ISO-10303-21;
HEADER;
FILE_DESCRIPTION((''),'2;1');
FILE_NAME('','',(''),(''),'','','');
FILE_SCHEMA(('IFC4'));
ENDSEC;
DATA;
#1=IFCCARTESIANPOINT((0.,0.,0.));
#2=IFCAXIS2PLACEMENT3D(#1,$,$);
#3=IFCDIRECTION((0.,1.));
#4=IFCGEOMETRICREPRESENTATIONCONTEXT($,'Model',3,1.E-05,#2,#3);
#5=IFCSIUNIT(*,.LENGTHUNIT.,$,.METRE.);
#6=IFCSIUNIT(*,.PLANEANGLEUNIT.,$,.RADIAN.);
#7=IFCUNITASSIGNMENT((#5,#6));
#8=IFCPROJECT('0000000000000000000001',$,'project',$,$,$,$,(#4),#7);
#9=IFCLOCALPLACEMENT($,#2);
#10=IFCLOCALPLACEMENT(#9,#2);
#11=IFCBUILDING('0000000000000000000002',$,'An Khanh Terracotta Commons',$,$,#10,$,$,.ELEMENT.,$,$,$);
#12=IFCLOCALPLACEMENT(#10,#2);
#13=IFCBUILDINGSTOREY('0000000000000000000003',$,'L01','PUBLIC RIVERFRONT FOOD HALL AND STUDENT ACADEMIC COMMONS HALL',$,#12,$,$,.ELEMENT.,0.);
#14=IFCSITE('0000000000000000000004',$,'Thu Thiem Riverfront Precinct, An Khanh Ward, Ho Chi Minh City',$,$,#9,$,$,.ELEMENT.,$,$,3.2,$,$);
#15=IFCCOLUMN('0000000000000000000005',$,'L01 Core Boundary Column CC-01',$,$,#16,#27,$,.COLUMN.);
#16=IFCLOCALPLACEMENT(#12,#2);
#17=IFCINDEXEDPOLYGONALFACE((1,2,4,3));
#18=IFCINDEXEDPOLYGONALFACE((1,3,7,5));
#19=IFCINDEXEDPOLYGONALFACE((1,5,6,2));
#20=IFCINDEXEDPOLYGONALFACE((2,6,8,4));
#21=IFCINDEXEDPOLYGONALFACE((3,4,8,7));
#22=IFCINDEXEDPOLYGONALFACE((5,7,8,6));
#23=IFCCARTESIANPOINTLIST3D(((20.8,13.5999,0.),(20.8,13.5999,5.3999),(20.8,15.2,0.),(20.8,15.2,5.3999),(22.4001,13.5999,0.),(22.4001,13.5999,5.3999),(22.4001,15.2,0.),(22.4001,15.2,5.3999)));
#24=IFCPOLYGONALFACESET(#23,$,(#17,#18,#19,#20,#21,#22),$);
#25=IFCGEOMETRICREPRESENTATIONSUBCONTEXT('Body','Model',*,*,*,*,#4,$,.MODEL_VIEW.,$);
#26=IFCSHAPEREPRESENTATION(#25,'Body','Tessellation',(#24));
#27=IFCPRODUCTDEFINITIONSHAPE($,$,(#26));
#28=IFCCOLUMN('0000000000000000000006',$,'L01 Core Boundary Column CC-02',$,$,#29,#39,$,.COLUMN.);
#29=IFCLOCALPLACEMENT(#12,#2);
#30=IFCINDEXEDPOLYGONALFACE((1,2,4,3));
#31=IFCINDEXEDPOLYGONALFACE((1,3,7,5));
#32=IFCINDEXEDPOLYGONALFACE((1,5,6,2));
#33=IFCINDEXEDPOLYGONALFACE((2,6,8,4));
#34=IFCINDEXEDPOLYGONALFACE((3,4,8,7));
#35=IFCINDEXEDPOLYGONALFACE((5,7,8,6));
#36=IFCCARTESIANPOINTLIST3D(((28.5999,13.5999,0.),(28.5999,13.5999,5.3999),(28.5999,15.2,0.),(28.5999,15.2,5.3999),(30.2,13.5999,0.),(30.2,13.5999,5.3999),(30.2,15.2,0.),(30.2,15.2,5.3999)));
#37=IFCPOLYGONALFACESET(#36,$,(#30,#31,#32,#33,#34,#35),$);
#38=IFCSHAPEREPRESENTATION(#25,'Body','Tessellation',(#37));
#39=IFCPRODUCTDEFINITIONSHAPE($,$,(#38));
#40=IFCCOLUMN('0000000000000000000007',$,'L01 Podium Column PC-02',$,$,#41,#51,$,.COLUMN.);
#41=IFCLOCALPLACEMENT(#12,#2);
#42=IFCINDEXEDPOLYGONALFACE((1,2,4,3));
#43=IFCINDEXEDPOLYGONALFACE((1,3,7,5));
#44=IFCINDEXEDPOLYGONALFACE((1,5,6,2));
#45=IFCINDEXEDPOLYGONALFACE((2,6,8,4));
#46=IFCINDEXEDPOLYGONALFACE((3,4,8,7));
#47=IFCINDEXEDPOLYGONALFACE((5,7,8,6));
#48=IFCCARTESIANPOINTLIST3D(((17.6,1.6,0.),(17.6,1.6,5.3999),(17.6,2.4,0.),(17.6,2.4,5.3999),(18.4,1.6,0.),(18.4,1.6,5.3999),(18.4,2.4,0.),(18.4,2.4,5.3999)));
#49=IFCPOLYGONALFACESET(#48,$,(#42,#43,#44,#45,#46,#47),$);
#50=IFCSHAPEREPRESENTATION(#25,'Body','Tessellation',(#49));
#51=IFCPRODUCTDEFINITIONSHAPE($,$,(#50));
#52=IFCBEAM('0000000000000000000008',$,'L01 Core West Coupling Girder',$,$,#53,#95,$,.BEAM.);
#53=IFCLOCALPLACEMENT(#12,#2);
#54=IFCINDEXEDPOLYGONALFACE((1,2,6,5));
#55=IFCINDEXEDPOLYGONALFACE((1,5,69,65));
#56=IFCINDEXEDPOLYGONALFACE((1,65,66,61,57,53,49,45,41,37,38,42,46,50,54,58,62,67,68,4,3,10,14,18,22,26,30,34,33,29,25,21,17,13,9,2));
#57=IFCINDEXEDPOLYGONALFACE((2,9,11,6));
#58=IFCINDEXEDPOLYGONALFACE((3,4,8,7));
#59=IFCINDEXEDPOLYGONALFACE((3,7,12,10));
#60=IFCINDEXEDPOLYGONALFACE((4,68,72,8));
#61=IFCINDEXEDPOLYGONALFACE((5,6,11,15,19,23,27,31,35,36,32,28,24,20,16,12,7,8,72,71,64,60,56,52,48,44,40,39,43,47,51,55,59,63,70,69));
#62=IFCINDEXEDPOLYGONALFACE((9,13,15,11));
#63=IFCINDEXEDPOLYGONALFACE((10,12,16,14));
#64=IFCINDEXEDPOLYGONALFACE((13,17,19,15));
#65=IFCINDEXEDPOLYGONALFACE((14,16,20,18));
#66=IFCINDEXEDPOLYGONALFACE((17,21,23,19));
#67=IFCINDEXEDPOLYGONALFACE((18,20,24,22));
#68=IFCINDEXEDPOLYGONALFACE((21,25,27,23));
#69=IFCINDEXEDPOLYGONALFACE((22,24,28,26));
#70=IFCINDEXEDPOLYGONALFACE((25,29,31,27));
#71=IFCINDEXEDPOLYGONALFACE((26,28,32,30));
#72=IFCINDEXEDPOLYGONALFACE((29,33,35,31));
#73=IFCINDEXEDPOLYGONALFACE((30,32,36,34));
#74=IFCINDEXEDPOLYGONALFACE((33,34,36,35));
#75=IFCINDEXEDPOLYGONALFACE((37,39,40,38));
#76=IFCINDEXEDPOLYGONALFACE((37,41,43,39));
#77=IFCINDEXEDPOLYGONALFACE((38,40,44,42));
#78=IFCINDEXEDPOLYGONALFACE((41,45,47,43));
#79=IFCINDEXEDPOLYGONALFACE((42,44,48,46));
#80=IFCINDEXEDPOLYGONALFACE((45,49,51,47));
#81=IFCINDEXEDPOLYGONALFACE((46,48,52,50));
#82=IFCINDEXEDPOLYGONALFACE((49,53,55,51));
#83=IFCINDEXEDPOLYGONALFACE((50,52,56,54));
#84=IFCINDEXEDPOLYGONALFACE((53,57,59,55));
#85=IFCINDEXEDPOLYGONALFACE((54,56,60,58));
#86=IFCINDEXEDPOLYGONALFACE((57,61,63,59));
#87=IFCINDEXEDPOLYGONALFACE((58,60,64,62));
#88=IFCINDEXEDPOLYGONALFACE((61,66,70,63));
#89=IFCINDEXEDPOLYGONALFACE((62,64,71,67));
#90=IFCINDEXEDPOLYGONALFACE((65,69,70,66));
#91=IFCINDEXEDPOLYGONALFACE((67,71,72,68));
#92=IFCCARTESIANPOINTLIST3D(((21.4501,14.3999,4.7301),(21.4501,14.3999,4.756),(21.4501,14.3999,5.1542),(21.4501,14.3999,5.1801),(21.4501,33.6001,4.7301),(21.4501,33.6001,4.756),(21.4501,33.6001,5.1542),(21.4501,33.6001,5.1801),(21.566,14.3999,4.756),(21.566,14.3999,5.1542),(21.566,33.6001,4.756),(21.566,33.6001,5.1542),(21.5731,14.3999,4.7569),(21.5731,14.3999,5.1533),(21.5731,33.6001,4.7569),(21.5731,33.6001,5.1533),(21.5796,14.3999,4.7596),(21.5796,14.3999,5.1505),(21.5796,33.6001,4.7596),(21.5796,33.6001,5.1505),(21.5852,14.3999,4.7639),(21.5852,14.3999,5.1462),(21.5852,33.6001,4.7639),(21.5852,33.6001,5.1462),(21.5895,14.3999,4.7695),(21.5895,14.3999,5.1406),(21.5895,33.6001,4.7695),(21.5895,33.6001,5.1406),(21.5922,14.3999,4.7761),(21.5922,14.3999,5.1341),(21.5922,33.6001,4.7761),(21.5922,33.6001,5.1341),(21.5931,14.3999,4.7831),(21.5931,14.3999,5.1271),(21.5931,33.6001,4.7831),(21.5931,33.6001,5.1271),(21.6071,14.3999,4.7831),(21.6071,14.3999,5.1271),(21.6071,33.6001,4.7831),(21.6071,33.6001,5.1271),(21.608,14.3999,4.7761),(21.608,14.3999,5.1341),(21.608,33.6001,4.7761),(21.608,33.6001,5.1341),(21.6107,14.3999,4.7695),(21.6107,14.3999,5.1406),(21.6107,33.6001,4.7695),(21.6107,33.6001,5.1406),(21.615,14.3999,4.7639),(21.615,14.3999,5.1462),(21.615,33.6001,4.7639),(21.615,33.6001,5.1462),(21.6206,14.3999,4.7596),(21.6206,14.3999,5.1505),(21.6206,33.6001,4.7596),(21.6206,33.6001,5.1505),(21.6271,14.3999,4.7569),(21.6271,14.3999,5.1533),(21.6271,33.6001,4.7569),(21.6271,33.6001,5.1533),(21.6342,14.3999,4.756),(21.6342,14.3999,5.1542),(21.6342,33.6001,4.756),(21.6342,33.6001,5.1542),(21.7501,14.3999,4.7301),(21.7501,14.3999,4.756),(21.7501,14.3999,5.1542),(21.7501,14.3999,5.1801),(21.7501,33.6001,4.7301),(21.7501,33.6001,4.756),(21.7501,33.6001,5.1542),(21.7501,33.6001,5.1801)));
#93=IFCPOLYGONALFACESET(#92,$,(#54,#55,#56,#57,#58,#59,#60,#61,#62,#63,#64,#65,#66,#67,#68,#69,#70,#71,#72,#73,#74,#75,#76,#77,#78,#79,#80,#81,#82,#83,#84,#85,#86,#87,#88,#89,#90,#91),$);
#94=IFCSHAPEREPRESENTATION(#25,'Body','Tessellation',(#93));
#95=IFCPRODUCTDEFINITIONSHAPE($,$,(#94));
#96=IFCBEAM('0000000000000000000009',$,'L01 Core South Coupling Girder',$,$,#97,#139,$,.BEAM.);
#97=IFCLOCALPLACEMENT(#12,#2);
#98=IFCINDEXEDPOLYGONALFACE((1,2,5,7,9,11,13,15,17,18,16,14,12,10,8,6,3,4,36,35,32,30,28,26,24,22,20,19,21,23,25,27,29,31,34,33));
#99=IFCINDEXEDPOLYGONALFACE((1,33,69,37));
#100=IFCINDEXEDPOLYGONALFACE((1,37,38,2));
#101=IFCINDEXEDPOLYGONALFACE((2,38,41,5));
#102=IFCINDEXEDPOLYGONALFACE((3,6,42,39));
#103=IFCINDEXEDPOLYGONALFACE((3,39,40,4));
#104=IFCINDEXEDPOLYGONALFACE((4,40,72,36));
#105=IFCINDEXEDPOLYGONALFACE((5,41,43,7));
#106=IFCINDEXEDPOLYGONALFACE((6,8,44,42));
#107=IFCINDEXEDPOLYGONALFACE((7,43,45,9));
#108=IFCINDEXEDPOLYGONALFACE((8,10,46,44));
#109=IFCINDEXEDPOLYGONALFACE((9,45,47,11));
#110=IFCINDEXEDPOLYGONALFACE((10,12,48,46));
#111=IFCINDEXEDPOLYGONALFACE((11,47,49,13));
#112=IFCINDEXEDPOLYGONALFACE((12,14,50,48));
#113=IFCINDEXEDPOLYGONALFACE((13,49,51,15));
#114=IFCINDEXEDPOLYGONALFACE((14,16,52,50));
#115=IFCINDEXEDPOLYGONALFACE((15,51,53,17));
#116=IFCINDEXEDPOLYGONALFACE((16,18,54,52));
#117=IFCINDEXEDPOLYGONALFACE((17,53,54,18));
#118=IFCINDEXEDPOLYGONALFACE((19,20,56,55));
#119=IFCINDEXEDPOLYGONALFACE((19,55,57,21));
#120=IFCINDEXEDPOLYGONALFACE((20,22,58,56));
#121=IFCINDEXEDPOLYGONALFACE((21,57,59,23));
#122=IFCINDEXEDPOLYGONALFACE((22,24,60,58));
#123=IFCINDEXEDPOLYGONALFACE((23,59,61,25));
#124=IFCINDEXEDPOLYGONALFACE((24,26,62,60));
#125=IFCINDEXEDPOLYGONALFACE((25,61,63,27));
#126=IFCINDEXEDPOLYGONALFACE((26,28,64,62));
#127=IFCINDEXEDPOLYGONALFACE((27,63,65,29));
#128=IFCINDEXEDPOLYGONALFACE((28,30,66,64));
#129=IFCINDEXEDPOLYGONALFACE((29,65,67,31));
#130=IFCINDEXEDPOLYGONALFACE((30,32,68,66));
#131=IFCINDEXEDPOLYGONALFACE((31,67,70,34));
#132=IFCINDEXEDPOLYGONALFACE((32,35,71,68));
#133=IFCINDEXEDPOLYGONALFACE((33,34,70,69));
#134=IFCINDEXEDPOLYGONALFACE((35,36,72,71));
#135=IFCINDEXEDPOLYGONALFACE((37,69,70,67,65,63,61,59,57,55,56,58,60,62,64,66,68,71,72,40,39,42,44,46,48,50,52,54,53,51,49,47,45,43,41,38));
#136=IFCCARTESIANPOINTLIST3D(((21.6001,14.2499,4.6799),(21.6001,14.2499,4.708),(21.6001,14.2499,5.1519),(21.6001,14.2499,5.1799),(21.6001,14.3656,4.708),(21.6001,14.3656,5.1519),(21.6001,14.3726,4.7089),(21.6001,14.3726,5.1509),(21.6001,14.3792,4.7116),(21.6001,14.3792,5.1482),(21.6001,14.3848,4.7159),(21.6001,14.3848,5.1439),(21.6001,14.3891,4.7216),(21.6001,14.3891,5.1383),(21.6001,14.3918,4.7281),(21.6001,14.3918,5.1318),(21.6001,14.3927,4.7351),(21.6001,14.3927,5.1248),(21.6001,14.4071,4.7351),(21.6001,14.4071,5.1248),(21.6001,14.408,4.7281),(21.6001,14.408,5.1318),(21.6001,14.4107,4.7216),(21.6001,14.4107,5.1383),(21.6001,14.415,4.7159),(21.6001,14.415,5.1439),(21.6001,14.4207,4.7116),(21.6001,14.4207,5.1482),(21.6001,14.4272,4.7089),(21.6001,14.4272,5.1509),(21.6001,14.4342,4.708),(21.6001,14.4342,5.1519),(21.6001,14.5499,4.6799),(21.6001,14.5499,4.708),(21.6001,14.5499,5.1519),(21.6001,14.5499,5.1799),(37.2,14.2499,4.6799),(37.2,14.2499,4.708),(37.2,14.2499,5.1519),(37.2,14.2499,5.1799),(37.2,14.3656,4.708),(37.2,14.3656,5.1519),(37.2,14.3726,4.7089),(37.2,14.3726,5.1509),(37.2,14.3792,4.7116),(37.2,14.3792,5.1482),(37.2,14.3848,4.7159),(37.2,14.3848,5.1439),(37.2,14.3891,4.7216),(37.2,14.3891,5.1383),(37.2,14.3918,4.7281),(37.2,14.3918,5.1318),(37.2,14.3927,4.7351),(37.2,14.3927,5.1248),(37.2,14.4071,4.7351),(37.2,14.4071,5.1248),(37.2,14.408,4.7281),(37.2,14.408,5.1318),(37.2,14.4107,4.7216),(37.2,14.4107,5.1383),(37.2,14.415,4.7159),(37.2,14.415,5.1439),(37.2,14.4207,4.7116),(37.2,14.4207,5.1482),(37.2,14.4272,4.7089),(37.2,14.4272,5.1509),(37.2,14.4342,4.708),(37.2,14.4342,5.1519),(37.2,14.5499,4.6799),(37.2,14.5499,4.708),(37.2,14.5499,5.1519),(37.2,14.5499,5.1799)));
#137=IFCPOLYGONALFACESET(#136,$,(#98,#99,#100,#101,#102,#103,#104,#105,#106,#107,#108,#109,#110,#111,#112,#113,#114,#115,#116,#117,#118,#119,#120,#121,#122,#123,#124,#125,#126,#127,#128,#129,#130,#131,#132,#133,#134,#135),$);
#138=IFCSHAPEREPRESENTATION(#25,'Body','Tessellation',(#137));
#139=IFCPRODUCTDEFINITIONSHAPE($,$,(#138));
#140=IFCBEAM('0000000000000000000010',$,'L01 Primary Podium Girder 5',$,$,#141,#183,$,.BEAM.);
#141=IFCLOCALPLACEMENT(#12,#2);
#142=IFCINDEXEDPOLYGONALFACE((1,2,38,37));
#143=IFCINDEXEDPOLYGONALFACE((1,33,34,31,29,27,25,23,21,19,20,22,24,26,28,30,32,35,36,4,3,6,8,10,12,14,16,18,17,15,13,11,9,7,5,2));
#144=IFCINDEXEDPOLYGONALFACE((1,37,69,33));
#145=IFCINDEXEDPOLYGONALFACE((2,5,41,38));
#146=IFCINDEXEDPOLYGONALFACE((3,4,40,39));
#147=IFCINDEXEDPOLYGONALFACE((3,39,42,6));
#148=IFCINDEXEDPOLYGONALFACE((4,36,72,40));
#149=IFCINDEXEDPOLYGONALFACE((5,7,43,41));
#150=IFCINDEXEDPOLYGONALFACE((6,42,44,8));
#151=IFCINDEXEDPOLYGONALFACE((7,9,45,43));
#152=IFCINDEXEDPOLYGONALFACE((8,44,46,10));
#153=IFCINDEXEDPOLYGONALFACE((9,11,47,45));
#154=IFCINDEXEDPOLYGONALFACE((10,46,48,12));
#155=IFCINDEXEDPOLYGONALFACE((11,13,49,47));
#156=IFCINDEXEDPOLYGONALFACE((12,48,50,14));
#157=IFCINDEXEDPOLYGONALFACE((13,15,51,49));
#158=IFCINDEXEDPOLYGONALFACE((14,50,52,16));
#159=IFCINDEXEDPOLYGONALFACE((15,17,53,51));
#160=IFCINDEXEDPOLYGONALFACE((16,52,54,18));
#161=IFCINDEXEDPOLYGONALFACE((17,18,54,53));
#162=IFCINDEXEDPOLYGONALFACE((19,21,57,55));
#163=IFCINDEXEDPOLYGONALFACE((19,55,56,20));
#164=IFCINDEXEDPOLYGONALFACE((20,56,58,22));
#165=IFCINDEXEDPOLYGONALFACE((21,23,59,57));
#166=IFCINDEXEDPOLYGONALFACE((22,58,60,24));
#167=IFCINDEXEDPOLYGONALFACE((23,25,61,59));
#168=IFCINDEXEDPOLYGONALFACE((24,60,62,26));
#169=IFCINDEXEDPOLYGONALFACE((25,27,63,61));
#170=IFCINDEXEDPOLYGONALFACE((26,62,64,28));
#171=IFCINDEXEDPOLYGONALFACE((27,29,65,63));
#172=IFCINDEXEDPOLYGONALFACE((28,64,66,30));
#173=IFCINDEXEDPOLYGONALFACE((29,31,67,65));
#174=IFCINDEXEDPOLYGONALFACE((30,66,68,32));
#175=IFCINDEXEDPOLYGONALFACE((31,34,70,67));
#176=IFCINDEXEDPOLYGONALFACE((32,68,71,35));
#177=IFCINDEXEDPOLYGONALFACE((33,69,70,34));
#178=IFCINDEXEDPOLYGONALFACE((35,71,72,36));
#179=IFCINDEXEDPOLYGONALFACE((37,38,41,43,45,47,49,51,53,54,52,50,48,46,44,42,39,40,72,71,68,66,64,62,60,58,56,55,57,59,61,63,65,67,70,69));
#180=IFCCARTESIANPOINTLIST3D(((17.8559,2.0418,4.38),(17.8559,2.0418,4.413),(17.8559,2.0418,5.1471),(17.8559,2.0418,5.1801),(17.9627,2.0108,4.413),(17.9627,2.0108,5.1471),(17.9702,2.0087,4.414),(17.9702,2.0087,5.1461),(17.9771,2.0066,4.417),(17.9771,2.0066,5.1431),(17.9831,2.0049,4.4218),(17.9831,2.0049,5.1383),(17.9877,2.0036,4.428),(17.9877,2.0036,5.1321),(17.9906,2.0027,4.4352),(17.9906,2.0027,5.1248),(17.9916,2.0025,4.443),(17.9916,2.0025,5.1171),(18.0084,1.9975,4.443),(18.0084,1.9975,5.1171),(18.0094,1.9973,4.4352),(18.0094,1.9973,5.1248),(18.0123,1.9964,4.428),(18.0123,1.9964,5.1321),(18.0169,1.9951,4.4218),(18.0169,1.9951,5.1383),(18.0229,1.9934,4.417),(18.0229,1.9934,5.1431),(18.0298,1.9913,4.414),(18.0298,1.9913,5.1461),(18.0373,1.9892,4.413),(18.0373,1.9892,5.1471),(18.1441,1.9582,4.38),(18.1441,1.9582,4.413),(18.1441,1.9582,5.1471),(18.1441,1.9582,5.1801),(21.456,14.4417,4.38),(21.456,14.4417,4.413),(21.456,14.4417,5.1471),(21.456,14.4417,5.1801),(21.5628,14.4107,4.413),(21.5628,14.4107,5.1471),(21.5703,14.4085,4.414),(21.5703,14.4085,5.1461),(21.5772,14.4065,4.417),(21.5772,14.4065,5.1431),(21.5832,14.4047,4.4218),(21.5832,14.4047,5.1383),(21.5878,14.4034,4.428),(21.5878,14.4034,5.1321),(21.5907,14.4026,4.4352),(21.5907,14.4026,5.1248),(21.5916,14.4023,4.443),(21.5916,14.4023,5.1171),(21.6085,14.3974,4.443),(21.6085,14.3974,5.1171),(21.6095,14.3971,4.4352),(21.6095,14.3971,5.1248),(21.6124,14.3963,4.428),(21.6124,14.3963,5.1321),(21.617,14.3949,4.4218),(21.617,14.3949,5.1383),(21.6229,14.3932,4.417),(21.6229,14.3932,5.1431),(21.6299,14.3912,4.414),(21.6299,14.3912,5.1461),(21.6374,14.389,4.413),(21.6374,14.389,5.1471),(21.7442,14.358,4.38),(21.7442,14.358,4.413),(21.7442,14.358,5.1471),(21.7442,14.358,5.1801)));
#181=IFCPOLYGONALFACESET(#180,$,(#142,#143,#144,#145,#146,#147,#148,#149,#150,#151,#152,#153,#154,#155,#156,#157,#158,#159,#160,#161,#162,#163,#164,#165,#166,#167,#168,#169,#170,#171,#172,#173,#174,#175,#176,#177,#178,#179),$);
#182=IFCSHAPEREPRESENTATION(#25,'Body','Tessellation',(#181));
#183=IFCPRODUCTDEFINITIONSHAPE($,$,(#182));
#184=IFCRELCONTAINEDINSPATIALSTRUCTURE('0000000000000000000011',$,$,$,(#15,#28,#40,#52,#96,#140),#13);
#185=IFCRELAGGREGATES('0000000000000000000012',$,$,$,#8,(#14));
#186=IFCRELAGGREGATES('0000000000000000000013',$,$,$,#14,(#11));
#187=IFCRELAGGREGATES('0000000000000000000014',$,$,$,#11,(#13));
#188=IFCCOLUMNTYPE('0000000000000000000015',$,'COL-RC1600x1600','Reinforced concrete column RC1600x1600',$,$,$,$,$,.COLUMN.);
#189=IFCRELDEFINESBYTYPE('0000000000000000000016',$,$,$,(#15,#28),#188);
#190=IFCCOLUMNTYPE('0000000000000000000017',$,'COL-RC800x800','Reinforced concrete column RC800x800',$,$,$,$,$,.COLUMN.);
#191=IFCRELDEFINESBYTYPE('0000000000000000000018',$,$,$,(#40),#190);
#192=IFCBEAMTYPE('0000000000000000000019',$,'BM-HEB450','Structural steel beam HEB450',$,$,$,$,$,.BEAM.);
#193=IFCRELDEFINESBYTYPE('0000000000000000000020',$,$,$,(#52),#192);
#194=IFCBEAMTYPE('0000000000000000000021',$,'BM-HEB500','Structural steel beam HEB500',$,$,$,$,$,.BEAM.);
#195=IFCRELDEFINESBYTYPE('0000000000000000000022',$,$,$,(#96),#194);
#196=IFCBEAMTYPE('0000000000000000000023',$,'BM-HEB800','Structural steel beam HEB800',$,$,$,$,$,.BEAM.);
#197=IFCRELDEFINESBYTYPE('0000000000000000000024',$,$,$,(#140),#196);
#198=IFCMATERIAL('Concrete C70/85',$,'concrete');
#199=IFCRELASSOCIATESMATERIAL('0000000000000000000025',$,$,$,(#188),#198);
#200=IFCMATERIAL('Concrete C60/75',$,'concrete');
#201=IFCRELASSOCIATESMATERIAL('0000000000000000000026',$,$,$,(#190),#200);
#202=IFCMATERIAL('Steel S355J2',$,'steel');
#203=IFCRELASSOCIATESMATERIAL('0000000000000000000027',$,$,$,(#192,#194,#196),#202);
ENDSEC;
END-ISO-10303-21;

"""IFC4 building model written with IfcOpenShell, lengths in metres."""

from ifc_helpers import new_model, si_unit, direction, frame, origin, origin_2d, place, context, subcontext, project, spatial, rectangle, i_section, extrude, material, material_profile, profile_set, type_object, element, save


model = new_model("IFC4")

# Units and contexts
model_context = context("Model", 3, precision=1e-05, world=origin(), true_north=direction((0.0, 1.0)))
body_context = subcontext(model_context, "Body", "Model", "MODEL_VIEW")
ifc_project = project(units=[si_unit("LENGTHUNIT", "METRE"), si_unit("PLANEANGLEUNIT", "RADIAN")], contexts=[model_context])

# Site, building, storey
site_placement = place(None, origin())
site = spatial("IfcSite", under=ifc_project, at=site_placement, Name="Thu Thiem Riverfront Precinct, An Khanh Ward, Ho Chi Minh City", CompositionType="ELEMENT", RefElevation=3.2)
building_placement = place(site_placement, origin())
building = spatial("IfcBuilding", under=site, at=building_placement, Name="An Khanh Terracotta Commons", CompositionType="ELEMENT")
storey_placement = place(building_placement, origin())
storey = spatial("IfcBuildingStorey", under=building, at=storey_placement, Name="L01", Description="PUBLIC RIVERFRONT FOOD HALL AND STUDENT ACADEMIC COMMONS HALL", CompositionType="ELEMENT", Elevation=0.0)

# Columns
ifc_material_1 = material(Name="Concrete C70/85", Category="concrete")
ifc_material_profile_1 = material_profile(ifc_material_1, rectangle(XDim=1.6001, YDim=1.6001, at=origin_2d()), Name="RC1600x1600")
ifc_profile_set_1 = profile_set([ifc_material_profile_1], Name="Concrete C70/85")
column_type_1 = type_object("IfcColumnType", Name="COL-RC1600x1600", Description="Reinforced concrete column RC1600x1600", PredefinedType="COLUMN", material=ifc_profile_set_1)
for number, where, z_axis, x_axis, name in (
    (1, (21.6001, 14.3999, 0.0), (0.0, 0.0, 1.0), (1.0, 0.0, 0.0), "L01 Core Boundary Column CC-01"),
    (2, (29.3999, 14.3999, 0.0), (0.0, 0.0, 1.0), (1.0, 0.0, 0.0), "L01 Core Boundary Column CC-02"),
):
    element("IfcColumn", number, at=place(storey_placement, frame(where, z_axis=z_axis, x_axis=x_axis)), inside=storey, type_object=column_type_1, Name=name, PredefinedType="COLUMN", context=body_context, shape_type="SweptSolid", body=[
        extrude(rectangle(XDim=1.6001, YDim=1.6001, at=origin_2d()), origin(), (0.0, 0.0, 1.0), 5.3999),
    ])
ifc_material_2 = material(Name="Concrete C60/75", Category="concrete")
ifc_material_profile_2 = material_profile(ifc_material_2, rectangle(XDim=0.8, YDim=0.8, at=origin_2d()), Name="RC800x800")
ifc_profile_set_2 = profile_set([ifc_material_profile_2], Name="Concrete C60/75")
column_type_2 = type_object("IfcColumnType", Name="COL-RC800x800", Description="Reinforced concrete column RC800x800", PredefinedType="COLUMN", material=ifc_profile_set_2)
column_placement = place(storey_placement, frame((18.0, 2.0, 0.0), z_axis=(0.0, 0.0, 1.0), x_axis=(1.0, 0.0, 0.0)))
element("IfcColumn", 3, at=column_placement, inside=storey, type_object=column_type_2, Name="L01 Podium Column PC-02", PredefinedType="COLUMN", context=body_context, shape_type="SweptSolid", body=[
    extrude(rectangle(XDim=0.8, YDim=0.8, at=origin_2d()), origin(), (0.0, 0.0, 1.0), 5.3999),
])

# Beams
ifc_material_3 = material(Name="Steel S355J2", Category="steel")
ifc_material_profile_3 = material_profile(ifc_material_3, i_section(OverallWidth=0.3, OverallDepth=0.45, WebThickness=0.0139, FlangeThickness=0.0259, FilletRadius=0.0271, at=origin_2d()), Name="HEB450")
ifc_profile_set_3 = profile_set([ifc_material_profile_3], Name="Steel S355J2")
beam_type_1 = type_object("IfcBeamType", Name="BM-HEB450", Description="Structural steel beam HEB450", PredefinedType="BEAM", material=ifc_profile_set_3)
beam_1_placement = place(storey_placement, frame((21.6001, 14.3999, 4.9551), z_axis=(0.0, 1.0, 0.0), x_axis=(-1.0, 0.0, 0.0)))
element("IfcBeam", 4, at=beam_1_placement, inside=storey, type_object=beam_type_1, Name="L01 Core West Coupling Girder", PredefinedType="BEAM", context=body_context, shape_type="SweptSolid", body=[
    extrude(i_section(OverallWidth=0.3, OverallDepth=0.45, WebThickness=0.0139, FlangeThickness=0.0259, FilletRadius=0.0271, at=origin_2d()), origin(), (0.0, 0.0, 1.0), 19.2002),
])
ifc_material_profile_4 = material_profile(ifc_material_3, i_section(OverallWidth=0.3, OverallDepth=0.5, WebThickness=0.0144, FlangeThickness=0.0281, FilletRadius=0.0271, at=origin_2d()), Name="HEB500")
ifc_profile_set_4 = profile_set([ifc_material_profile_4], Name="Steel S355J2")
beam_type_2 = type_object("IfcBeamType", Name="BM-HEB500", Description="Structural steel beam HEB500", PredefinedType="BEAM", material=ifc_profile_set_4)
beam_2_placement = place(storey_placement, frame((21.6001, 14.3999, 4.9299), z_axis=(1.0, 0.0, 0.0), x_axis=(0.0, 1.0, 0.0)))
element("IfcBeam", 5, at=beam_2_placement, inside=storey, type_object=beam_type_2, Name="L01 Core South Coupling Girder", PredefinedType="BEAM", context=body_context, shape_type="SweptSolid", body=[
    extrude(i_section(OverallWidth=0.3, OverallDepth=0.5, WebThickness=0.0144, FlangeThickness=0.0281, FilletRadius=0.0271, at=origin_2d()), origin(), (0.0, 0.0, 1.0), 15.5999),
])
ifc_material_profile_5 = material_profile(ifc_material_3, i_section(OverallWidth=0.3, OverallDepth=0.8, WebThickness=0.0176, FlangeThickness=0.033, FilletRadius=0.03, at=origin_2d()), Name="HEB800")
ifc_profile_set_5 = profile_set([ifc_material_profile_5], Name="Steel S355J2")
beam_type_3 = type_object("IfcBeamType", Name="BM-HEB800", Description="Structural steel beam HEB800", PredefinedType="BEAM", material=ifc_profile_set_5)
beam_3_placement = place(storey_placement, frame((18.0, 2.0, 4.78), z_axis=(0.278819, 0.960344, 0.0), x_axis=(-0.960344, 0.278819, 0.0)))
element("IfcBeam", 6, at=beam_3_placement, inside=storey, type_object=beam_type_3, Name="L01 Primary Podium Girder 5", PredefinedType="BEAM", context=body_context, shape_type="SweptSolid", body=[
    extrude(i_section(OverallWidth=0.3, OverallDepth=0.8, WebThickness=0.0176, FlangeThickness=0.033, FilletRadius=0.03, at=origin_2d()), origin(), (0.0, 0.0, 1.0), 12.9119),
])

save(model, "model.ifc")
